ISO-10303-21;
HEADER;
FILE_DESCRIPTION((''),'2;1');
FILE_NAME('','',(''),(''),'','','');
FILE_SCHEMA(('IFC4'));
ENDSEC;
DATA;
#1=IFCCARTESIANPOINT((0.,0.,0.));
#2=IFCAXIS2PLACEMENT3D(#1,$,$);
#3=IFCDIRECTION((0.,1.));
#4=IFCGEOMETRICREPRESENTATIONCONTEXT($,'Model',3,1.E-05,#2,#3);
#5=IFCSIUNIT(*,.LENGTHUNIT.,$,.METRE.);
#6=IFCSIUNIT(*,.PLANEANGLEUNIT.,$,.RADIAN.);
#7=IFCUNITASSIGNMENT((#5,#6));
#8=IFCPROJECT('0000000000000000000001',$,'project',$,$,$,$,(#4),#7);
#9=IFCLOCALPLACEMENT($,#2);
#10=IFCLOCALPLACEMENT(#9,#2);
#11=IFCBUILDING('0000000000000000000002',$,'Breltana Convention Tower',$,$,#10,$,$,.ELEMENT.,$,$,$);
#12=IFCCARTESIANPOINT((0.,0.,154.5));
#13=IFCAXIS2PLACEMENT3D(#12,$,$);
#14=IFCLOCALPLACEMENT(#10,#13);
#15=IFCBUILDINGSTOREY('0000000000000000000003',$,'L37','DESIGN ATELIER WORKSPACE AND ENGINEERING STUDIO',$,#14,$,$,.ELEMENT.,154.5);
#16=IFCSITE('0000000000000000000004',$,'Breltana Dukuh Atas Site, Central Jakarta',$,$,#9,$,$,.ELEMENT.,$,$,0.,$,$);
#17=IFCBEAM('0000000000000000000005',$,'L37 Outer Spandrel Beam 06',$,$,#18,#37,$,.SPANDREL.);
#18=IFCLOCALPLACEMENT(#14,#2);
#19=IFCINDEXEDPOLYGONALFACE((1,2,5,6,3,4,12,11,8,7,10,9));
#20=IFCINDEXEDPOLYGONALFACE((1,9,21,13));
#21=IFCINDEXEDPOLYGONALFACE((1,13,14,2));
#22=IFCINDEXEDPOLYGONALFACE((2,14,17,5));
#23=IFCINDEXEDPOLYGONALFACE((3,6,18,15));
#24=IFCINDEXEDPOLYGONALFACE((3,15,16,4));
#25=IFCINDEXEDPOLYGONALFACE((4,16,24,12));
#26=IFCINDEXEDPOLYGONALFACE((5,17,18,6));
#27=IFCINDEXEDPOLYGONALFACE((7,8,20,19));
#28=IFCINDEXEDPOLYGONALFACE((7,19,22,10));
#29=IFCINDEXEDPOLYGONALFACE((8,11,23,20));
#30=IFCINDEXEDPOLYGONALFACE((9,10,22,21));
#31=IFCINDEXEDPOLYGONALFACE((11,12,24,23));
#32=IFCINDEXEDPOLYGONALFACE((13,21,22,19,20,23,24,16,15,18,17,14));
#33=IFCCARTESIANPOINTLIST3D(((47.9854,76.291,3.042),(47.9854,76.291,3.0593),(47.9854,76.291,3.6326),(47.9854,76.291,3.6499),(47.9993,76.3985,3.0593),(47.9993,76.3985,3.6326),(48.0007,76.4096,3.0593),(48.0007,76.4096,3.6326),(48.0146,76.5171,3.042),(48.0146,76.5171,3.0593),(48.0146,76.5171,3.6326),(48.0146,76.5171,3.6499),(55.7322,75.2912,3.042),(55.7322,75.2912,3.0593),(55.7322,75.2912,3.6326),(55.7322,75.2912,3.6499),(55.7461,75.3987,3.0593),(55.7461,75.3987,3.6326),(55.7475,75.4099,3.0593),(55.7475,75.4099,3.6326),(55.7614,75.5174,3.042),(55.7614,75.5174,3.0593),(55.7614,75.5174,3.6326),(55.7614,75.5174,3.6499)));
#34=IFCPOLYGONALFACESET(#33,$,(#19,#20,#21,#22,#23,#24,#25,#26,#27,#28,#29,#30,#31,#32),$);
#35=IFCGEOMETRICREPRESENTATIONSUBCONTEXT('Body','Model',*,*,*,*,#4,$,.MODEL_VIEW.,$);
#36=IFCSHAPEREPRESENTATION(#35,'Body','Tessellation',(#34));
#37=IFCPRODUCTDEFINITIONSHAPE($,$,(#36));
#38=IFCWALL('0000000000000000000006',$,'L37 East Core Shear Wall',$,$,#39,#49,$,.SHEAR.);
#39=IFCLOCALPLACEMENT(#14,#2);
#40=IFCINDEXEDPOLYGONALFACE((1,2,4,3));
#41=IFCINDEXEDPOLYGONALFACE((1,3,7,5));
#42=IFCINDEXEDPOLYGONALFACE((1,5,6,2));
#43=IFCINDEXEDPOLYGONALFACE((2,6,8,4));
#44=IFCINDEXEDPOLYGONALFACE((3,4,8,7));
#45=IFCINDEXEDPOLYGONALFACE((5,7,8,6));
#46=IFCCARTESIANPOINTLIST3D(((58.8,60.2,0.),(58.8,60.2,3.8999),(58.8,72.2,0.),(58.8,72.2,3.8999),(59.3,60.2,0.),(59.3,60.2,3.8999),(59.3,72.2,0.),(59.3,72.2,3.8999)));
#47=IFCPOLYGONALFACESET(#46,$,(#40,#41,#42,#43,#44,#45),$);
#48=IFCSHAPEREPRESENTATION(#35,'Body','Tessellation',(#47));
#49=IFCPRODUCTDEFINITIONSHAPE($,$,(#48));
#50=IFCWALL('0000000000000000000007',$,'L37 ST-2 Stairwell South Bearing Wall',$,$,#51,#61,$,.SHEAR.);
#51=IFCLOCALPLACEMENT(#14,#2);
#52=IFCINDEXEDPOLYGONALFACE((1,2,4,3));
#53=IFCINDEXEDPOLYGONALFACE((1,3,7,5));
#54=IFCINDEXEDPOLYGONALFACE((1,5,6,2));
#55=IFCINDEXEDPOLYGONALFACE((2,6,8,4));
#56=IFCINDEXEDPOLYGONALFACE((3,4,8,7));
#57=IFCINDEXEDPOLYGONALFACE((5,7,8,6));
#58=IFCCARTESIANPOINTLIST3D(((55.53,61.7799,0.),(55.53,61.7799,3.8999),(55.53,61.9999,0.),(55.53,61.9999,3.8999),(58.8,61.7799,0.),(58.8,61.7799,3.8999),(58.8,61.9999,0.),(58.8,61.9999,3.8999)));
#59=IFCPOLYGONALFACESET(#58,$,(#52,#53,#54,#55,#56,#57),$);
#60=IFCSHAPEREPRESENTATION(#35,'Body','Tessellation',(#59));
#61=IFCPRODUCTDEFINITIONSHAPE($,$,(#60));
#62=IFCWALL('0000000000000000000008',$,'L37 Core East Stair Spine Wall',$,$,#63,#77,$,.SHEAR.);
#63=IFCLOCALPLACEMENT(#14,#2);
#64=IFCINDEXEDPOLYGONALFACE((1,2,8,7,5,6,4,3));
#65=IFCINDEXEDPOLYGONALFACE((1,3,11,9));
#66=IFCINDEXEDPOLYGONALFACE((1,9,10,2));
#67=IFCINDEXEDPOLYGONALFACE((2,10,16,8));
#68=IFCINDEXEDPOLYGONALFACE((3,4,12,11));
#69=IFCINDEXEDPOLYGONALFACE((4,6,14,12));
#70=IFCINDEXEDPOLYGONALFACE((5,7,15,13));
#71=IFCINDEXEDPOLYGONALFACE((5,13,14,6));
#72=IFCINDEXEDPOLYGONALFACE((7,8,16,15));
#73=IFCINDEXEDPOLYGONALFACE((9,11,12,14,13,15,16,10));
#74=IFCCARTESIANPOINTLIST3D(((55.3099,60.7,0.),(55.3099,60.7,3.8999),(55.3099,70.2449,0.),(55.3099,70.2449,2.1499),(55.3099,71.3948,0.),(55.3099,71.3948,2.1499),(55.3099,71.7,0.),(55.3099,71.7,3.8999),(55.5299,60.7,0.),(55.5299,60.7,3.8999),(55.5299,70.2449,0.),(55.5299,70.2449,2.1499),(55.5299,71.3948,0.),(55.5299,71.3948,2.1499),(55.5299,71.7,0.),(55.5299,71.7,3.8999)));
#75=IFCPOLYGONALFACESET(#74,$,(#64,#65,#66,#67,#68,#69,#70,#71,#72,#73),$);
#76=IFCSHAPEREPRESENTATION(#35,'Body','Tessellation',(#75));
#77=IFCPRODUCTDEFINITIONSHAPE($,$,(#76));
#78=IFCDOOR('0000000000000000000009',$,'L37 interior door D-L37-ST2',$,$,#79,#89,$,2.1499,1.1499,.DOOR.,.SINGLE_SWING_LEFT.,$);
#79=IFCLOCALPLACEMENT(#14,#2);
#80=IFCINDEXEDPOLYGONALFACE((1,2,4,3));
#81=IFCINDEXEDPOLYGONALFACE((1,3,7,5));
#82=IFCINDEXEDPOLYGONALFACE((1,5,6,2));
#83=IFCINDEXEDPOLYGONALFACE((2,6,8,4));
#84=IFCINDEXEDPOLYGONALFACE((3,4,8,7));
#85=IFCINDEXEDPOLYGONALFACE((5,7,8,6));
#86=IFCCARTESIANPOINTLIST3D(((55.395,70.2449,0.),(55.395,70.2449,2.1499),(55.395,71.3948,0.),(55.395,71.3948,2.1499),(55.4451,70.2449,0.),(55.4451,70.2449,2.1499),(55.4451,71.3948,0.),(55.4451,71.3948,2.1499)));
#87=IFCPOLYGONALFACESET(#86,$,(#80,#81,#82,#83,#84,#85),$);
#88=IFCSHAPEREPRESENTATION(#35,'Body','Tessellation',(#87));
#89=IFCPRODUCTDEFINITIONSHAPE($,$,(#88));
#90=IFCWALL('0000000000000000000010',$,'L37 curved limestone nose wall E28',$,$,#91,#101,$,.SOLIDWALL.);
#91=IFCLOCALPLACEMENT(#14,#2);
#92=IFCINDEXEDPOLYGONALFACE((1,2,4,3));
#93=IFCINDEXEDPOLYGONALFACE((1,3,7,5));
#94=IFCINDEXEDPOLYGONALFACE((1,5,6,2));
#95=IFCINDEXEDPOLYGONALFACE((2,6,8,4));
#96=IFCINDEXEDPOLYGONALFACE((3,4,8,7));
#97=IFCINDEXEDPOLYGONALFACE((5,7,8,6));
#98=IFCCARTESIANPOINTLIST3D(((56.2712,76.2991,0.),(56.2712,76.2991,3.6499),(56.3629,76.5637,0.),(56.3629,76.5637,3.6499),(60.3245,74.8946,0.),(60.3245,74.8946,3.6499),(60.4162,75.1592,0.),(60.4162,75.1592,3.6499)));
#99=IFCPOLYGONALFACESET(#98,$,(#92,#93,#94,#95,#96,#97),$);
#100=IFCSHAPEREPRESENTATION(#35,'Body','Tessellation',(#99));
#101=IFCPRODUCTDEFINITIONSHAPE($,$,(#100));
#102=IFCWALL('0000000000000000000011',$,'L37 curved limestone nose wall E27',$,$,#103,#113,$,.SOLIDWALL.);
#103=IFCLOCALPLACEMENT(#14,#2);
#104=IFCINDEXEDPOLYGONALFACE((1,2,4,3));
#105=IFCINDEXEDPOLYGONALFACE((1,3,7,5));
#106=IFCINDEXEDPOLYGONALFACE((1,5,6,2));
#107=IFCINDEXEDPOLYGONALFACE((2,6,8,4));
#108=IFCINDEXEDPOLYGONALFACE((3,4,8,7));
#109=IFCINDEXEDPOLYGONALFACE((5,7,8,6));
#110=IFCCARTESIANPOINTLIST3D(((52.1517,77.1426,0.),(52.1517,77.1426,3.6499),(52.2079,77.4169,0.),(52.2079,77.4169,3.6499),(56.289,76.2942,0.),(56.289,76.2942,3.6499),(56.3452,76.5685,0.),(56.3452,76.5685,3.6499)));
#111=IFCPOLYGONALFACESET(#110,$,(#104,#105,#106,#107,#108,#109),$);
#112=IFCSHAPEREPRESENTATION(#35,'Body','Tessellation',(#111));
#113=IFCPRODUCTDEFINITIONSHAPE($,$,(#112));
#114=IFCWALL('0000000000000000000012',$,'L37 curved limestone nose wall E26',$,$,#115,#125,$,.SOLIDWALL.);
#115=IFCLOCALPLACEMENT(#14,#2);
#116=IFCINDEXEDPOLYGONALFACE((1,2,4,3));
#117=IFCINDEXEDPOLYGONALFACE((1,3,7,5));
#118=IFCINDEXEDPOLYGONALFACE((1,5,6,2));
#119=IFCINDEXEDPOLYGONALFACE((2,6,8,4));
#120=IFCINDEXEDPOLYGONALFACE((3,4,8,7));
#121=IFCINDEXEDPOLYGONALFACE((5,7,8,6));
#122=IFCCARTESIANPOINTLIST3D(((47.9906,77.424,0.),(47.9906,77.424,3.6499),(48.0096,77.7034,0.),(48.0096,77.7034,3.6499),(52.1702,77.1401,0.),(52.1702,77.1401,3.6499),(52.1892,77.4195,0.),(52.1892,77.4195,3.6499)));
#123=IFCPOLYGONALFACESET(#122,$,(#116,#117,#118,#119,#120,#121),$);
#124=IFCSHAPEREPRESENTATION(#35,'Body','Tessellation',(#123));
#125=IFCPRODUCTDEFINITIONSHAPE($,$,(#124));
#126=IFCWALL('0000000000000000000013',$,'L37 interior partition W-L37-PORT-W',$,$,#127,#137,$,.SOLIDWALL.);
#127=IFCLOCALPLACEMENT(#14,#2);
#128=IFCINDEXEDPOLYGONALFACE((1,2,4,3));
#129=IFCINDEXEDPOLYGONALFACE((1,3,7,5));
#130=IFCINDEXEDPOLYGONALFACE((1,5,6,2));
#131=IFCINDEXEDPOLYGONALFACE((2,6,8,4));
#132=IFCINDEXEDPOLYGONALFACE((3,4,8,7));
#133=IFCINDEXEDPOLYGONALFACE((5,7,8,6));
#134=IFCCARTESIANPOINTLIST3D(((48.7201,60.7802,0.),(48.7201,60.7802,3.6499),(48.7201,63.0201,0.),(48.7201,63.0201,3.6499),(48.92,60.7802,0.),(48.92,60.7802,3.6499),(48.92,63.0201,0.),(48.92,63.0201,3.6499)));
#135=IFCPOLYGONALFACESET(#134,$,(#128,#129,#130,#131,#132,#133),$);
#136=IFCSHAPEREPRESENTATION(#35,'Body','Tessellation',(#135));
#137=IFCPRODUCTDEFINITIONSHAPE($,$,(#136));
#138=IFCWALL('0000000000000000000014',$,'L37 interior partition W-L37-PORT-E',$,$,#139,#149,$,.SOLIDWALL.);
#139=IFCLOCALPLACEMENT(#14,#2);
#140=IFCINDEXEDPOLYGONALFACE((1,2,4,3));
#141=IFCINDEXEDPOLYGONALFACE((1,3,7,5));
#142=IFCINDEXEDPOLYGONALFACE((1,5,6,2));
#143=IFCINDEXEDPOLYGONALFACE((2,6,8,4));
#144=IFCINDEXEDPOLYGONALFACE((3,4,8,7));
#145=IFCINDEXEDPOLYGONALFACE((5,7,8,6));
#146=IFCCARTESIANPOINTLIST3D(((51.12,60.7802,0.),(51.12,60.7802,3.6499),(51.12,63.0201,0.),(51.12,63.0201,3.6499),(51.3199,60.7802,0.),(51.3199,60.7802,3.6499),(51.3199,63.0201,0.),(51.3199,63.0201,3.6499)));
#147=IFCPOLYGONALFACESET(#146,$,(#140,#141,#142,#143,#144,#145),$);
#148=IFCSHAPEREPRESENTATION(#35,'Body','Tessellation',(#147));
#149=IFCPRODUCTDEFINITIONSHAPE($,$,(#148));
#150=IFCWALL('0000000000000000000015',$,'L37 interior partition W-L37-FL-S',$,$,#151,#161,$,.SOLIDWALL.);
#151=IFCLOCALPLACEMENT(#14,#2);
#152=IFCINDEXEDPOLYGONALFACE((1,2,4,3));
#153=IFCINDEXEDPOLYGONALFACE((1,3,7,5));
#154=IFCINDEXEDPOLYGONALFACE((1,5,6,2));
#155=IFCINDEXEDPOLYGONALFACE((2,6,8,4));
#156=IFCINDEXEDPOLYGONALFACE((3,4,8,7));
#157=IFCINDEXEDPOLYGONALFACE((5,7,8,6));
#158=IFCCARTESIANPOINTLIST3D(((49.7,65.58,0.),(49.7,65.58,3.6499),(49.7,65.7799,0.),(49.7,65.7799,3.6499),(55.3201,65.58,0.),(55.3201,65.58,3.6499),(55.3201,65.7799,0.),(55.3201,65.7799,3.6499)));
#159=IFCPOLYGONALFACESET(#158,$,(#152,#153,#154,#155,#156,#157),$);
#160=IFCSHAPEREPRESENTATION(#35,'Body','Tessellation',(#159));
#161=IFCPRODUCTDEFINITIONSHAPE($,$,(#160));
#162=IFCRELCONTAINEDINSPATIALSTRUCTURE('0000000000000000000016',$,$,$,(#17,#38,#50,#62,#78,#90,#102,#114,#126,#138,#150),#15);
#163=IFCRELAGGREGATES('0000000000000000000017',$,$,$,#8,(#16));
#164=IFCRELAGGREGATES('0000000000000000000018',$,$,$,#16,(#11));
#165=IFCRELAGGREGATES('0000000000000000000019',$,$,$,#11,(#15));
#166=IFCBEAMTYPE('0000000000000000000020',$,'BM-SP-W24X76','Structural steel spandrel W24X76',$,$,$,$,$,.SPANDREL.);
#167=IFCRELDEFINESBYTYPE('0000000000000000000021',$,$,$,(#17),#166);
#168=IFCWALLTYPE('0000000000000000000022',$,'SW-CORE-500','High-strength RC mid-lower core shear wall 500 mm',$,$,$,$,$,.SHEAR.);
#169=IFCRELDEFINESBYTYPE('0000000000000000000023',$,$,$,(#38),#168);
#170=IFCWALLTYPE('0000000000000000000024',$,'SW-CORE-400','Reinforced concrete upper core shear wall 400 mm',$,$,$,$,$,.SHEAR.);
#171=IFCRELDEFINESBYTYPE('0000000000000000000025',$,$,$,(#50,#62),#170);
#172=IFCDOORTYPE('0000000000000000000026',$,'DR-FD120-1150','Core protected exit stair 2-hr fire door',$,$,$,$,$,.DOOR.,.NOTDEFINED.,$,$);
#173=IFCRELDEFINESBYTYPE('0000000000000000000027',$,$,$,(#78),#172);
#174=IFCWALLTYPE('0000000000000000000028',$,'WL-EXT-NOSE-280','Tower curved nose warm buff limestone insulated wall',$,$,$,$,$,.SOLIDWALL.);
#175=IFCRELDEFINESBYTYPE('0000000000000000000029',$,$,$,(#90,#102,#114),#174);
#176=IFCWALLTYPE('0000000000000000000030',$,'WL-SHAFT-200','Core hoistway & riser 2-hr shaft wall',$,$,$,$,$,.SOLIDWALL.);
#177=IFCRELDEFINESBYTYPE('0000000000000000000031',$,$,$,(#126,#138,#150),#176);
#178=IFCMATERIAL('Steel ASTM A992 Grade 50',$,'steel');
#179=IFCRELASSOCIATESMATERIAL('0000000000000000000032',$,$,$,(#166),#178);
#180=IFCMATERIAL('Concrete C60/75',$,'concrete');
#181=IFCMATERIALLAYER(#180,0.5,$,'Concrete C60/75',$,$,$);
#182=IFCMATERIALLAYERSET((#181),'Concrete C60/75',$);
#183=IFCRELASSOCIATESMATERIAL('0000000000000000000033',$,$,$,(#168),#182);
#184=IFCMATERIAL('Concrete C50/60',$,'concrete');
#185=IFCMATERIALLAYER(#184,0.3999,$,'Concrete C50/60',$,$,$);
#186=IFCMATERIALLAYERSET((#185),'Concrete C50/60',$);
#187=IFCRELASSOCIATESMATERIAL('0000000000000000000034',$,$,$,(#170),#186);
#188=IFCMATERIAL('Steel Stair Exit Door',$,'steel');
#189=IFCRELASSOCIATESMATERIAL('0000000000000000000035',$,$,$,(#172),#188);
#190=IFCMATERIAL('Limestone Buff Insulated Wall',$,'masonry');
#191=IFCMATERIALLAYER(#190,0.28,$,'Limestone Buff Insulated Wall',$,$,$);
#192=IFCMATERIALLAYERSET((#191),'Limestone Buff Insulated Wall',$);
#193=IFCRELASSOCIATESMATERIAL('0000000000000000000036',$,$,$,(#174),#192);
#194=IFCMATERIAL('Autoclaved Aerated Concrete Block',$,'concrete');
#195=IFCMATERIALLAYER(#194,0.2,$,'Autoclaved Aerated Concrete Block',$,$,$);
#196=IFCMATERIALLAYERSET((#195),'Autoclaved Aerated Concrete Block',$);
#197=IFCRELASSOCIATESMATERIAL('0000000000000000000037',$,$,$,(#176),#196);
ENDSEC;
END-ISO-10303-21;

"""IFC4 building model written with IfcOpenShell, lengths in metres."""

from ifc_helpers import new_model, si_unit, direction, frame, frame_2d, origin, origin_2d, place, context, subcontext, project, spatial, rectangle, i_section, extrude, source, transform, mapped, material, layer, layer_set, material_profile, profile_set, type_object, type_shapes, element, fill, save


model = new_model("IFC4")

# Units and contexts
model_context = context("Model", 3, precision=1e-05, world=origin(), true_north=direction((0.0, 1.0)))
body_context = subcontext(model_context, "Body", "Model", "MODEL_VIEW")
ifc_project = project(units=[si_unit("LENGTHUNIT", "METRE"), si_unit("PLANEANGLEUNIT", "RADIAN")], contexts=[model_context])

# Site, building, storey
site_placement = place(None, origin())
site = spatial("IfcSite", under=ifc_project, at=site_placement, Name="Breltana Dukuh Atas Site, Central Jakarta", CompositionType="ELEMENT", RefElevation=0.0)
building_placement = place(site_placement, origin())
building = spatial("IfcBuilding", under=site, at=building_placement, Name="Breltana Convention Tower", CompositionType="ELEMENT")
storey_placement = place(building_placement, frame((0.0, 0.0, 154.5)))
storey = spatial("IfcBuildingStorey", under=building, at=storey_placement, Name="L37", Description="DESIGN ATELIER WORKSPACE AND ENGINEERING STUDIO", CompositionType="ELEMENT", Elevation=154.5)

# Shared definitions
ifc_material_1 = material(Name="Concrete C60/75", Category="concrete")

# Beam
ifc_material_2 = material(Name="Steel ASTM A992 Grade 50", Category="steel")
ifc_material_profile_1 = material_profile(ifc_material_2, i_section(OverallWidth=0.228, OverallDepth=0.6079, WebThickness=0.0112, FlangeThickness=0.0173, at=origin_2d()), Name="W24X76")
ifc_profile_set_1 = profile_set([ifc_material_profile_1], Name="Steel ASTM A992 Grade 50")
beam_type_1 = type_object("IfcBeamType", Name="BM-SP-W24X76", Description="Structural steel spandrel W24X76", PredefinedType="SPANDREL", material=ifc_profile_set_1)
shared_shape_1 = source(origin(), body_context, "Body", "SweptSolid", [
    extrude(i_section(OverallWidth=0.228, OverallDepth=0.6079, WebThickness=0.0112, FlangeThickness=0.0173, at=origin_2d()), origin(), (0.0, 0.0, 1.0), 7.811),
])
beam_1_placement = place(storey_placement, frame((48.0, 76.4041, 3.3459), z_axis=(0.991775, -0.127992, 0.0), x_axis=(0.127992, 0.991775, 0.0)))
element("IfcBeam", 1, at=beam_1_placement, inside=storey, type_object=beam_type_1, Name="L37 Outer Spandrel Beam 06", PredefinedType="SPANDREL", context=body_context, shape_type="MappedRepresentation", body=[
    mapped(shared_shape_1, transform((0.0, 0.0, 0.0), scale=1.0)),
])

# Walls
ifc_layer_1 = layer(ifc_material_1, 0.5, Name="Concrete C60/75")
ifc_layer_set_1 = layer_set([ifc_layer_1], Name="Concrete C60/75")
wall_type_1 = type_object("IfcWallType", Name="SW-CORE-500", Description="High-strength RC mid-lower core shear wall 500 mm", PredefinedType="SHEAR", material=ifc_layer_set_1)
shared_shape_2 = source(origin(), body_context, "Body", "SweptSolid", [
    extrude(rectangle(XDim=12.0, YDim=0.5, at=frame_2d((6.0, 0.0))), origin(), (0.0, 0.0, 1.0), 3.8999),
])
wall_1_placement = place(storey_placement, frame((59.05, 60.2, 0.0), z_axis=(0.0, 0.0, 1.0), x_axis=(0.0, 1.0, 0.0)))
element("IfcWall", 2, at=wall_1_placement, inside=storey, type_object=wall_type_1, Name="L37 East Core Shear Wall", PredefinedType="SHEAR", context=body_context, shape_type="MappedRepresentation", body=[
    mapped(shared_shape_2, transform((0.0, 0.0, 0.0), scale=1.0)),
])
ifc_material_3 = material(Name="Concrete C50/60", Category="concrete")
ifc_layer_2 = layer(ifc_material_3, 0.3999, Name="Concrete C50/60")
ifc_layer_set_2 = layer_set([ifc_layer_2], Name="Concrete C50/60")
wall_type_2 = type_object("IfcWallType", Name="SW-CORE-400", Description="Reinforced concrete upper core shear wall 400 mm", PredefinedType="SHEAR", material=ifc_layer_set_2)
shared_shape_3 = source(origin(), body_context, "Body", "SweptSolid", [
    extrude(rectangle(XDim=3.27, YDim=0.22, at=frame_2d((1.635, 0.0))), origin(), (0.0, 0.0, 1.0), 3.8999),
])
wall_2_placement = place(storey_placement, frame((55.53, 61.8899, 0.0), z_axis=(0.0, 0.0, 1.0), x_axis=(1.0, 0.0, 0.0)))
element("IfcWall", 3, at=wall_2_placement, inside=storey, type_object=wall_type_2, Name="L37 ST-2 Stairwell South Bearing Wall", PredefinedType="SHEAR", context=body_context, shape_type="MappedRepresentation", body=[
    mapped(shared_shape_3, transform((0.0, 0.0, 0.0), scale=1.0)),
])

# Wall, opening, door
shared_shape_4 = source(origin(), body_context, "Body", "SweptSolid", [
    extrude(rectangle(XDim=11.0, YDim=0.22, at=frame_2d((5.5, 0.0))), origin(), (0.0, 0.0, 1.0), 3.8999),
])
wall_3_placement = place(storey_placement, frame((55.4199, 60.7, 0.0), z_axis=(0.0, 0.0, 1.0), x_axis=(0.0, 1.0, 0.0)))
wall_3 = element("IfcWall", 4, at=wall_3_placement, inside=storey, type_object=wall_type_2, Name="L37 Core East Stair Spine Wall", PredefinedType="SHEAR", context=body_context, shape_type="MappedRepresentation", body=[
    mapped(shared_shape_4, transform((0.0, 0.0, 0.0), scale=1.0)),
])
opening_1_placement = place(wall_3_placement, frame((9.5449, 0.0, 0.0)))
opening_1 = element("IfcOpeningElement", 5, at=opening_1_placement, cuts=wall_3, PredefinedType="OPENING", context=body_context, shape_type="SweptSolid", body=[
    extrude(rectangle(XDim=1.1499, YDim=2.1499, at=frame_2d((0.575, 1.075))), frame((0.0, 0.1201, 0.0), z_axis=(0.0, -1.0, 0.0), x_axis=(1.0, 0.0, 0.0)), (0.0, 0.0, 1.0), 0.24),
])
ifc_material_4 = material(Name="Steel Stair Exit Door", Category="steel")
door_type_1 = type_object("IfcDoorType", Name="DR-FD120-1150", Description="Core protected exit stair 2-hr fire door", OperationType="NOTDEFINED", PredefinedType="DOOR", material=ifc_material_4)
shared_shape_5 = source(origin(), body_context, "Body", "SweptSolid", [
    extrude(rectangle(XDim=1.1499, YDim=2.1499, at=frame_2d((0.575, 1.075))), frame((0.0, 0.0249, 0.0), z_axis=(0.0, -1.0, 0.0), x_axis=(1.0, 0.0, 0.0)), (0.0, 0.0, 1.0), 0.05),
])
type_shapes(door_type_1, [shared_shape_5])
door_1_placement = place(opening_1_placement, origin())
door_1 = element("IfcDoor", 6, at=door_1_placement, inside=storey, type_object=door_type_1, Name="L37 interior door D-L37-ST2", OperationType="SINGLE_SWING_LEFT", OverallHeight=2.1499, OverallWidth=1.1499, PredefinedType="DOOR", context=body_context, shape_type="MappedRepresentation", body=[
    mapped(shared_shape_5, transform((0.0, 0.0, 0.0), scale=1.0)),
])
fill(opening_1, door_1)

# Walls
ifc_material_5 = material(Name="Limestone Buff Insulated Wall", Category="masonry")
ifc_layer_3 = layer(ifc_material_5, 0.28, Name="Limestone Buff Insulated Wall")
ifc_layer_set_3 = layer_set([ifc_layer_3], Name="Limestone Buff Insulated Wall")
wall_type_3 = type_object("IfcWallType", Name="WL-EXT-NOSE-280", Description="Tower curved nose warm buff limestone insulated wall", PredefinedType="SOLIDWALL", material=ifc_layer_set_3)
shared_shape_6 = source(origin(), body_context, "Body", "SweptSolid", [
    extrude(rectangle(XDim=4.2898, YDim=0.28, at=frame_2d((2.145, 0.0))), origin(), (0.0, 0.0, 1.0), 3.6499),
])
wall_4_placement = place(storey_placement, frame((56.3169, 76.4314, 0.0), z_axis=(0.0, 0.0, 1.0), x_axis=(0.944884, -0.327406, 0.0)))
element("IfcWall", 7, at=wall_4_placement, inside=storey, type_object=wall_type_3, Name="L37 curved limestone nose wall E28", PredefinedType="SOLIDWALL", context=body_context, shape_type="MappedRepresentation", body=[
    mapped(shared_shape_6, transform((0.0, 0.0, 0.0), scale=1.0)),
])
shared_shape_7 = source(origin(), body_context, "Body", "SweptSolid", [
    extrude(rectangle(XDim=4.2234, YDim=0.28, at=frame_2d((2.1118, 0.0))), origin(), (0.0, 0.0, 1.0), 3.6499),
])
wall_5_placement = place(storey_placement, frame((52.1797, 77.2798, 0.0), z_axis=(0.0, 0.0, 1.0), x_axis=(0.979615, -0.200883, 0.0)))
element("IfcWall", 8, at=wall_5_placement, inside=storey, type_object=wall_type_3, Name="L37 curved limestone nose wall E27", PredefinedType="SOLIDWALL", context=body_context, shape_type="MappedRepresentation", body=[
    mapped(shared_shape_7, transform((0.0, 0.0, 0.0), scale=1.0)),
])
shared_shape_8 = source(origin(), body_context, "Body", "SweptSolid", [
    extrude(rectangle(XDim=4.1892, YDim=0.28, at=frame_2d((2.0947, 0.0))), origin(), (0.0, 0.0, 1.0), 3.6499),
])
wall_6_placement = place(storey_placement, frame((48.0, 77.5637, 0.0), z_axis=(0.0, 0.0, 1.0), x_axis=(0.997701, -0.067776, 0.0)))
element("IfcWall", 9, at=wall_6_placement, inside=storey, type_object=wall_type_3, Name="L37 curved limestone nose wall E26", PredefinedType="SOLIDWALL", context=body_context, shape_type="MappedRepresentation", body=[
    mapped(shared_shape_8, transform((0.0, 0.0, 0.0), scale=1.0)),
])
ifc_material_6 = material(Name="Autoclaved Aerated Concrete Block", Category="concrete")
ifc_layer_4 = layer(ifc_material_6, 0.2, Name="Autoclaved Aerated Concrete Block")
ifc_layer_set_4 = layer_set([ifc_layer_4], Name="Autoclaved Aerated Concrete Block")
wall_type_4 = type_object("IfcWallType", Name="WL-SHAFT-200", Description="Core hoistway & riser 2-hr shaft wall", PredefinedType="SOLIDWALL", material=ifc_layer_set_4)
shared_shape_9 = source(origin(), body_context, "Body", "SweptSolid", [
    extrude(rectangle(XDim=2.24, YDim=0.2, at=frame_2d((1.1201, 0.0))), origin(), (0.0, 0.0, 1.0), 3.6499),
])
for number, where, z_axis, x_axis, name in (
    (10, (48.8201, 60.78, 0.0), (0.0, 0.0, 1.0), (0.0, 1.0, 0.0), "L37 interior partition W-L37-PORT-W"),
    (11, (51.22, 60.78, 0.0), (0.0, 0.0, 1.0), (0.0, 1.0, 0.0), "L37 interior partition W-L37-PORT-E"),
):
    element("IfcWall", number, at=place(storey_placement, frame(where, z_axis=z_axis, x_axis=x_axis)), inside=storey, type_object=wall_type_4, Name=name, PredefinedType="SOLIDWALL", context=body_context, shape_type="MappedRepresentation", body=[
        mapped(shared_shape_9, transform((0.0, 0.0, 0.0), scale=1.0)),
    ])

# Shared definitions
shared_shape_10 = source(origin(), body_context, "Body", "SweptSolid", [
    extrude(rectangle(XDim=5.6201, YDim=0.2, at=frame_2d((2.8101, 0.0))), origin(), (0.0, 0.0, 1.0), 3.6499),
])

# Wall
wall_7_placement = place(storey_placement, frame((49.7, 65.6799, 0.0), z_axis=(0.0, 0.0, 1.0), x_axis=(1.0, 0.0, 0.0)))
element("IfcWall", 12, at=wall_7_placement, inside=storey, type_object=wall_type_4, Name="L37 interior partition W-L37-FL-S", PredefinedType="SOLIDWALL", context=body_context, shape_type="MappedRepresentation", body=[
    mapped(shared_shape_10, transform((0.0, 0.0, 0.0), scale=1.0)),
])

save(model, "model.ifc")
